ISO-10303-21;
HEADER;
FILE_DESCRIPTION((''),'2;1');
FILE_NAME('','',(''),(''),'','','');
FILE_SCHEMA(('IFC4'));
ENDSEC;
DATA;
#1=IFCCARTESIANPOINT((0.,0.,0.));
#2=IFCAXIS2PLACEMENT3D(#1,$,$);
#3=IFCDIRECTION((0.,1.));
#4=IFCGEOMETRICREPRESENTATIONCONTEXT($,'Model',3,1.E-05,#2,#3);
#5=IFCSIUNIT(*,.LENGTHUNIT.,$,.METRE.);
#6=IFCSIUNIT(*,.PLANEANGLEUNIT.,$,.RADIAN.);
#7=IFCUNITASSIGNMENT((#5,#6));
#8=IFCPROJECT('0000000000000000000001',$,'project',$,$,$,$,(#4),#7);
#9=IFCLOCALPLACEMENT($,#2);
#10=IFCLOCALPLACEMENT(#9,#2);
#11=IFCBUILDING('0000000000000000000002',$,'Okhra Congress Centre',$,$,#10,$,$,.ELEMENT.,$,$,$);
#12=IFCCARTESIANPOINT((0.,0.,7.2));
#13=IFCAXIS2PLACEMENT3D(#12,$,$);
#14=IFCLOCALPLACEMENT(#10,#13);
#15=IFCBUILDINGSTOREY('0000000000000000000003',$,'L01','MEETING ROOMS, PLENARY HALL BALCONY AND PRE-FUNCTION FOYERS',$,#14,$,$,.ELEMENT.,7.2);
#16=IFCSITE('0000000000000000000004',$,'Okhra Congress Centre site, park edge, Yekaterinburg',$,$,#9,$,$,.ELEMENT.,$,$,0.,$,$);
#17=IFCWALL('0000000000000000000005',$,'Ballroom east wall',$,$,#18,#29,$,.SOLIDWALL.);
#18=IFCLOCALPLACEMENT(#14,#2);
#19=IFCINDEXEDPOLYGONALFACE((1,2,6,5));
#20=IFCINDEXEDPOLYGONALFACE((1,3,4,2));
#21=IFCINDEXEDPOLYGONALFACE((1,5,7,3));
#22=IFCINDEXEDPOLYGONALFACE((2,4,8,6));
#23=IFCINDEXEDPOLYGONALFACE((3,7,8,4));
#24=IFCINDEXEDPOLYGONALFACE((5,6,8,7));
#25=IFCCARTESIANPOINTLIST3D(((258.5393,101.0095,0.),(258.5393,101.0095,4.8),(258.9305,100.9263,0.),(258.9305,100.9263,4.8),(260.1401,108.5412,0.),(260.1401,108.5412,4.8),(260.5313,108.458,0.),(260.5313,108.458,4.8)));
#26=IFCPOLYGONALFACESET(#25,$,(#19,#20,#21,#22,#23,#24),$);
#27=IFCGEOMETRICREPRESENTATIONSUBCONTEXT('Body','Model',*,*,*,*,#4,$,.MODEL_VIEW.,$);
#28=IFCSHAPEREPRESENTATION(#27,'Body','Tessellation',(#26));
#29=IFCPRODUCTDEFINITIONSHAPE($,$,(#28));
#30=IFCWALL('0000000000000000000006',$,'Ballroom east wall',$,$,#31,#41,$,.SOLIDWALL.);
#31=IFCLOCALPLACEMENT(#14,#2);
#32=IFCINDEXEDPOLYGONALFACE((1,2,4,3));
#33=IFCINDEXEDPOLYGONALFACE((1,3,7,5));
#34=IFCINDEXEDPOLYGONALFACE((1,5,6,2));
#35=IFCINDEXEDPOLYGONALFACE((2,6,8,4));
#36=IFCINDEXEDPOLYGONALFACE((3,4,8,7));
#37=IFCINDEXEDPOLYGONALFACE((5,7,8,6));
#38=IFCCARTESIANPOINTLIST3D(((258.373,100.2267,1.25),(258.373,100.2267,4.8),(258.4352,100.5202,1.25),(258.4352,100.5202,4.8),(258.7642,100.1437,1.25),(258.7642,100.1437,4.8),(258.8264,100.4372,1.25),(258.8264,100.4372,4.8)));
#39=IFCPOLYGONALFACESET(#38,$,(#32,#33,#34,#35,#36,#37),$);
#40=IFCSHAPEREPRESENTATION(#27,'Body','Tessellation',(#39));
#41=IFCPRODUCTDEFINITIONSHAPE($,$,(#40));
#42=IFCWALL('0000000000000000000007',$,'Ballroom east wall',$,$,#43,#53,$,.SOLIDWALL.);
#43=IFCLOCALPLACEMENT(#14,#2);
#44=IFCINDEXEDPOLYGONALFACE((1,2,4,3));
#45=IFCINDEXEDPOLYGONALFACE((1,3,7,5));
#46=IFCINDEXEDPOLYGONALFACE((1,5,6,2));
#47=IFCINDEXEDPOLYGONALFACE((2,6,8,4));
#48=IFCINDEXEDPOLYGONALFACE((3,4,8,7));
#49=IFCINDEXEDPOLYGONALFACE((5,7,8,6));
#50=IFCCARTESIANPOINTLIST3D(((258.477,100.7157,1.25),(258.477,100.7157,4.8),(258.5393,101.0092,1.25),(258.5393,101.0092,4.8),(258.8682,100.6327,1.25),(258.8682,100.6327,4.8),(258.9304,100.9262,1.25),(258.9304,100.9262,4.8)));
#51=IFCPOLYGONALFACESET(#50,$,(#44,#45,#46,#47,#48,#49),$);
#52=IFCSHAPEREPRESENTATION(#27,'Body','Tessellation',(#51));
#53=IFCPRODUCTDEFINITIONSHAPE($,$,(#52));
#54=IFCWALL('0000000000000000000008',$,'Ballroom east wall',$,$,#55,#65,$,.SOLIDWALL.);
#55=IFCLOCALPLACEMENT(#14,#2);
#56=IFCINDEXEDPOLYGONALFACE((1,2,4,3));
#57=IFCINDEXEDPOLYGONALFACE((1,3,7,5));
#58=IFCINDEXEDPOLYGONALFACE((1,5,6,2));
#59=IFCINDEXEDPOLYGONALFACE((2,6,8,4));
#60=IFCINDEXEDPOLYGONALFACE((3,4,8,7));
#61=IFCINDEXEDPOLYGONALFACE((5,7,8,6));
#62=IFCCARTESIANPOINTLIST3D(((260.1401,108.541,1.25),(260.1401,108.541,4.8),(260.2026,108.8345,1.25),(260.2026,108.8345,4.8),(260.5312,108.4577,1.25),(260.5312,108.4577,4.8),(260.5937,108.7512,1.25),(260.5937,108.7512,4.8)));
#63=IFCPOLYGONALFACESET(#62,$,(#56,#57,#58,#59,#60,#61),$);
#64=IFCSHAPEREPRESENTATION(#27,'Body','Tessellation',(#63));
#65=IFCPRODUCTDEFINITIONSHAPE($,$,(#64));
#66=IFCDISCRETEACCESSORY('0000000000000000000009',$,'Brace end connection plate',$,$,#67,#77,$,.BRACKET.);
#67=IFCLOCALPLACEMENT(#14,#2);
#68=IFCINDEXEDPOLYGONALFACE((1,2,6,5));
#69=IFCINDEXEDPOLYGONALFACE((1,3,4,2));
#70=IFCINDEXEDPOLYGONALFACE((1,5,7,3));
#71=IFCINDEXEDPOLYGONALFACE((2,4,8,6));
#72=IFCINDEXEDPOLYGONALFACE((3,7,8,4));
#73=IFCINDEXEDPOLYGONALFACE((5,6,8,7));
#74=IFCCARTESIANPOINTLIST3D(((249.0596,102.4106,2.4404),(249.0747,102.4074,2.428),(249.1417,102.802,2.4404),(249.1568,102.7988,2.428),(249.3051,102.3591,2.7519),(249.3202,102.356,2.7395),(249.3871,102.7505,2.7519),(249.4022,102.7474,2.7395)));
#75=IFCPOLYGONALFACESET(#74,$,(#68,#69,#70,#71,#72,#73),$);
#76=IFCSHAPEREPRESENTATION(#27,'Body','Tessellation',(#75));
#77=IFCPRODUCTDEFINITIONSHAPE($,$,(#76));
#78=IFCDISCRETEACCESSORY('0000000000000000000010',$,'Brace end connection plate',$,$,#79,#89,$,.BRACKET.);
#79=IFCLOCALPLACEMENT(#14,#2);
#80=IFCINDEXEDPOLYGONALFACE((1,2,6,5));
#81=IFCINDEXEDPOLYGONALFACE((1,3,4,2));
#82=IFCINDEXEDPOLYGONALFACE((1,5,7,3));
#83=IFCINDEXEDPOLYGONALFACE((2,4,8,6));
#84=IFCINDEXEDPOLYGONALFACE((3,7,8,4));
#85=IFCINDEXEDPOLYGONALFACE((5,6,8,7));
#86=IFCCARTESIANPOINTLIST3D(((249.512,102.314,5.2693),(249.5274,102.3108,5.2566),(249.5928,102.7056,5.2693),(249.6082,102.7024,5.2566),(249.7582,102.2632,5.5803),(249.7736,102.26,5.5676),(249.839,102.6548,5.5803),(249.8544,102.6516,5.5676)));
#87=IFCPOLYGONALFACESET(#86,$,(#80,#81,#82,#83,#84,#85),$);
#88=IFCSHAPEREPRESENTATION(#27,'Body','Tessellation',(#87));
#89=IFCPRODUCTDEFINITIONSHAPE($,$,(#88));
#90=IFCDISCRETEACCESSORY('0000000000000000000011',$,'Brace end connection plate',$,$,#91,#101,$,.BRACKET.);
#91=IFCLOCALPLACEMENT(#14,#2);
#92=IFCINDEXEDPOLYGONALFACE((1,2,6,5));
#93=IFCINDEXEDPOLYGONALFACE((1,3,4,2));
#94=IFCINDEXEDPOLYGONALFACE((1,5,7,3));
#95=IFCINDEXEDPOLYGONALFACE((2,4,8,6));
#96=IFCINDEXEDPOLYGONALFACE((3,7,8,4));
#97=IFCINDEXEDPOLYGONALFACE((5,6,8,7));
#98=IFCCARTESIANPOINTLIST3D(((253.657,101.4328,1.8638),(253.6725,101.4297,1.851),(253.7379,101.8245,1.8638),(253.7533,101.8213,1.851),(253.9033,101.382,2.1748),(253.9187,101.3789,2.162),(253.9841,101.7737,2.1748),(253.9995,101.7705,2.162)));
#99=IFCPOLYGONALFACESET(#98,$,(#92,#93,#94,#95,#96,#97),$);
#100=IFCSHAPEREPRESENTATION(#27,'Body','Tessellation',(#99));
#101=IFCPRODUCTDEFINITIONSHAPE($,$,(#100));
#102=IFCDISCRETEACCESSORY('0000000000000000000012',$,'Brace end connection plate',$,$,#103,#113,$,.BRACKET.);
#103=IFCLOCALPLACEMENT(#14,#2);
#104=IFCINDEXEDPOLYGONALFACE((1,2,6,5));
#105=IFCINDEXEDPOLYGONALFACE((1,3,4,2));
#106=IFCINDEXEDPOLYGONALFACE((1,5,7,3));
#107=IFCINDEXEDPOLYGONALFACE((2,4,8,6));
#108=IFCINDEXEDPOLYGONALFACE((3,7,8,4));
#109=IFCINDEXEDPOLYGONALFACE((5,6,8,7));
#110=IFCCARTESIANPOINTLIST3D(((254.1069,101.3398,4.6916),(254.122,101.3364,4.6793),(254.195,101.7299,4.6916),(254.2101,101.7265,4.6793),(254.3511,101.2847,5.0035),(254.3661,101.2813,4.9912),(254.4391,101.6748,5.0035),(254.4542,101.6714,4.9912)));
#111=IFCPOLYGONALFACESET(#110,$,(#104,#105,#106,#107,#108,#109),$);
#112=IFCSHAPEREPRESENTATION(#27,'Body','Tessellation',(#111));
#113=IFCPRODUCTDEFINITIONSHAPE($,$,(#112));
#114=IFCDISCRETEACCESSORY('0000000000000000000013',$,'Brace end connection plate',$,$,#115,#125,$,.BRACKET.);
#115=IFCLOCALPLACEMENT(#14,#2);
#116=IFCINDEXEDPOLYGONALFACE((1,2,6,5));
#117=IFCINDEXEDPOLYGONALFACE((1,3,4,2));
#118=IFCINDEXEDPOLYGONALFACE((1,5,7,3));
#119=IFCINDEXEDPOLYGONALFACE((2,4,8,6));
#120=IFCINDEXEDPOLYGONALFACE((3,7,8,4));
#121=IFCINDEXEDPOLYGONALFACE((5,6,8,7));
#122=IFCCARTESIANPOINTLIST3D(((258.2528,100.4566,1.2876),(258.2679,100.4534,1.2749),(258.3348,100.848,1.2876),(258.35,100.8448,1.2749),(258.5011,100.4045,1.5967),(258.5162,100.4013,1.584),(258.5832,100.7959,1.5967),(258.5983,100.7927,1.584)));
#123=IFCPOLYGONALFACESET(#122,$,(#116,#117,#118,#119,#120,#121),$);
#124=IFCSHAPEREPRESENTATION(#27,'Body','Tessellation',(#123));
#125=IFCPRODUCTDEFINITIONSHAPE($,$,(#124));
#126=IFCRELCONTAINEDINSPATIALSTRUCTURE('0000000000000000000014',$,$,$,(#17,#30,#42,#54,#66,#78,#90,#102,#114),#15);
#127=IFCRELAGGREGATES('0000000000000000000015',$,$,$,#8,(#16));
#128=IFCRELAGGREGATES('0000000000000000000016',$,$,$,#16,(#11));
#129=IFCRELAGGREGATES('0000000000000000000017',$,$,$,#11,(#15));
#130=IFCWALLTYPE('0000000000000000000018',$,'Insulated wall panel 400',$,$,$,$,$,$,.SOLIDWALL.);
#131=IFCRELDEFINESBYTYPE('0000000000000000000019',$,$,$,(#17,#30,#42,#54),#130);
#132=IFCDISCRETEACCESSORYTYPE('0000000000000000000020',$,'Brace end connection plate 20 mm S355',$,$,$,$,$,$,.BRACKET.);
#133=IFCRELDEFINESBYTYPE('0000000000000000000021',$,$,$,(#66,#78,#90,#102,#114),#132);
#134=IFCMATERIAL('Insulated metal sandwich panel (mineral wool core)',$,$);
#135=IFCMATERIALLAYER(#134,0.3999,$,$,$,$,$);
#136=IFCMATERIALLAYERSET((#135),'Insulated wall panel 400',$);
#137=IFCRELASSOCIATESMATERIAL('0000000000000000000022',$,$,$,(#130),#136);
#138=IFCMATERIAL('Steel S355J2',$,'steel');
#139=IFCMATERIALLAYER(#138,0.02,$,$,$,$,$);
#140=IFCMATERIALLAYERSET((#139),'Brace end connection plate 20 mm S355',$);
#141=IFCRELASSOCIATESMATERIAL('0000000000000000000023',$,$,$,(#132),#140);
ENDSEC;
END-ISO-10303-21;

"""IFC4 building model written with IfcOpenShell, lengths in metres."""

from ifc_helpers import new_model, si_unit, direction, frame, frame_2d, origin, origin_2d, place, context, subcontext, project, spatial, rectangle, extrude, material, layer, layer_set, type_object, element, save


model = new_model("IFC4")

# Units and contexts
model_context = context("Model", 3, precision=1e-05, world=origin(), true_north=direction((0.0, 1.0)))
body_context = subcontext(model_context, "Body", "Model", "MODEL_VIEW")
ifc_project = project(units=[si_unit("LENGTHUNIT", "METRE"), si_unit("PLANEANGLEUNIT", "RADIAN")], contexts=[model_context])

# Site, building, storey
site_placement = place(None, origin())
site = spatial("IfcSite", under=ifc_project, at=site_placement, Name="Okhra Congress Centre site, park edge, Yekaterinburg", CompositionType="ELEMENT", RefElevation=0.0)
building_placement = place(site_placement, origin())
building = spatial("IfcBuilding", under=site, at=building_placement, Name="Okhra Congress Centre", CompositionType="ELEMENT")
storey_placement = place(building_placement, frame((0.0, 0.0, 7.2)))
storey = spatial("IfcBuildingStorey", under=building, at=storey_placement, Name="L01", Description="MEETING ROOMS, PLENARY HALL BALCONY AND PRE-FUNCTION FOYERS", CompositionType="ELEMENT", Elevation=7.2)

# Shared definitions
ifc_material_1 = material(Name="Steel S355J2", Category="steel")

# Walls
ifc_material_2 = material(Name="Insulated metal sandwich panel (mineral wool core)")
ifc_layer_1 = layer(ifc_material_2, 0.3999)
ifc_layer_set_1 = layer_set([ifc_layer_1], Name="Insulated wall panel 400")
wall_type_1 = type_object("IfcWallType", Name="Insulated wall panel 400", PredefinedType="SOLIDWALL", material=ifc_layer_set_1)
wall_1_placement = place(storey_placement, frame((258.7349, 100.9678, 0.0), z_axis=(0.0, 0.0, 1.0), x_axis=(0.2079, 0.97815, 0.0)))
element("IfcWall", 1, at=wall_1_placement, inside=storey, type_object=wall_type_1, Name="Ballroom east wall", PredefinedType="SOLIDWALL", context=body_context, shape_type="SweptSolid", body=[
    extrude(rectangle(XDim=7.7, YDim=0.3999, at=frame_2d((3.8501, 0.0))), origin(), (0.0, 0.0, 1.0), 4.8),
])
for number, where, z_axis, x_axis, name in (
    (2, (258.5686, 100.1853, 1.25), (0.0, 0.0, 1.0), (0.207528, 0.978229, 0.0), "Ballroom east wall"),
    (3, (258.6726, 100.6743, 1.25), (0.0, 0.0, 1.0), (0.207528, 0.978229, 0.0), "Ballroom east wall"),
    (4, (260.3357, 108.4995, 1.25), (0.0, 0.0, 1.0), (0.208306, 0.978064, 0.0), "Ballroom east wall"),
):
    element("IfcWall", number, at=place(storey_placement, frame(where, z_axis=z_axis, x_axis=x_axis)), inside=storey, type_object=wall_type_1, Name=name, PredefinedType="SOLIDWALL", context=body_context, shape_type="SweptSolid", body=[
        extrude(rectangle(XDim=0.3, YDim=0.3999, at=frame_2d((0.1499, 0.0))), origin(), (0.0, 0.0, 1.0), 3.55),
    ])

# Discrete accessories
ifc_layer_2 = layer(ifc_material_1, 0.02)
ifc_layer_set_2 = layer_set([ifc_layer_2], Name="Brace end connection plate 20 mm S355")
discrete_accessory_type = type_object("IfcDiscreteAccessoryType", Name="Brace end connection plate 20 mm S355", PredefinedType="BRACKET", material=ifc_layer_set_2)
discrete_accessory_1_placement = place(storey_placement, frame((249.2234, 102.5806, 2.5962), z_axis=(0.762359, -0.159849, -0.627102), x_axis=(0.205215, 0.978717, 0.0)))
element("IfcDiscreteAccessory", 5, at=discrete_accessory_1_placement, inside=storey, type_object=discrete_accessory_type, Name="Brace end connection plate", PredefinedType="BRACKET", context=body_context, shape_type="SweptSolid", body=[
    extrude(rectangle(XDim=0.3999, YDim=0.3999, at=origin_2d()), origin(), (0.0, 0.0, 1.0), 0.0198),
])
for number, where, z_axis, x_axis, name in (
    (6, (249.6909, 102.4812, 5.4121), (-0.761639, 0.157164, 0.628654), (-0.202092, -0.979367, 0.0), "Brace end connection plate"),
    (7, (253.8206, 101.6033, 2.0193), (0.761639, -0.157164, -0.628654), (0.202092, 0.979367, 0.0), "Brace end connection plate"),
):
    element("IfcDiscreteAccessory", number, at=place(storey_placement, frame(where, z_axis=z_axis, x_axis=x_axis)), inside=storey, type_object=discrete_accessory_type, Name=name, PredefinedType="BRACKET", context=body_context, shape_type="SweptSolid", body=[
        extrude(rectangle(XDim=0.3999, YDim=0.3999, at=origin_2d()), origin(), (0.0, 0.0, 1.0), 0.0203),
    ])
discrete_accessory_2_placement = place(storey_placement, frame((254.2881, 101.5039, 4.8352), z_axis=(-0.760808, 0.171795, 0.625826), x_axis=(-0.220261, -0.975441, 0.0)))
element("IfcDiscreteAccessory", 8, at=discrete_accessory_2_placement, inside=storey, type_object=discrete_accessory_type, Name="Brace end connection plate", PredefinedType="BRACKET", context=body_context, shape_type="SweptSolid", body=[
    extrude(rectangle(XDim=0.3999, YDim=0.3999, at=origin_2d()), origin(), (0.0, 0.0, 1.0), 0.0198),
])
discrete_accessory_3_placement = place(storey_placement, frame((258.418, 100.6262, 1.4421), z_axis=(0.756491, -0.158619, -0.634477), x_axis=(0.205215, 0.978717, 0.0)))
element("IfcDiscreteAccessory", 9, at=discrete_accessory_3_placement, inside=storey, type_object=discrete_accessory_type, Name="Brace end connection plate", PredefinedType="BRACKET", context=body_context, shape_type="SweptSolid", body=[
    extrude(rectangle(XDim=0.3999, YDim=0.3999, at=origin_2d()), origin(), (0.0, 0.0, 1.0), 0.02),
])

save(model, "model.ifc")
